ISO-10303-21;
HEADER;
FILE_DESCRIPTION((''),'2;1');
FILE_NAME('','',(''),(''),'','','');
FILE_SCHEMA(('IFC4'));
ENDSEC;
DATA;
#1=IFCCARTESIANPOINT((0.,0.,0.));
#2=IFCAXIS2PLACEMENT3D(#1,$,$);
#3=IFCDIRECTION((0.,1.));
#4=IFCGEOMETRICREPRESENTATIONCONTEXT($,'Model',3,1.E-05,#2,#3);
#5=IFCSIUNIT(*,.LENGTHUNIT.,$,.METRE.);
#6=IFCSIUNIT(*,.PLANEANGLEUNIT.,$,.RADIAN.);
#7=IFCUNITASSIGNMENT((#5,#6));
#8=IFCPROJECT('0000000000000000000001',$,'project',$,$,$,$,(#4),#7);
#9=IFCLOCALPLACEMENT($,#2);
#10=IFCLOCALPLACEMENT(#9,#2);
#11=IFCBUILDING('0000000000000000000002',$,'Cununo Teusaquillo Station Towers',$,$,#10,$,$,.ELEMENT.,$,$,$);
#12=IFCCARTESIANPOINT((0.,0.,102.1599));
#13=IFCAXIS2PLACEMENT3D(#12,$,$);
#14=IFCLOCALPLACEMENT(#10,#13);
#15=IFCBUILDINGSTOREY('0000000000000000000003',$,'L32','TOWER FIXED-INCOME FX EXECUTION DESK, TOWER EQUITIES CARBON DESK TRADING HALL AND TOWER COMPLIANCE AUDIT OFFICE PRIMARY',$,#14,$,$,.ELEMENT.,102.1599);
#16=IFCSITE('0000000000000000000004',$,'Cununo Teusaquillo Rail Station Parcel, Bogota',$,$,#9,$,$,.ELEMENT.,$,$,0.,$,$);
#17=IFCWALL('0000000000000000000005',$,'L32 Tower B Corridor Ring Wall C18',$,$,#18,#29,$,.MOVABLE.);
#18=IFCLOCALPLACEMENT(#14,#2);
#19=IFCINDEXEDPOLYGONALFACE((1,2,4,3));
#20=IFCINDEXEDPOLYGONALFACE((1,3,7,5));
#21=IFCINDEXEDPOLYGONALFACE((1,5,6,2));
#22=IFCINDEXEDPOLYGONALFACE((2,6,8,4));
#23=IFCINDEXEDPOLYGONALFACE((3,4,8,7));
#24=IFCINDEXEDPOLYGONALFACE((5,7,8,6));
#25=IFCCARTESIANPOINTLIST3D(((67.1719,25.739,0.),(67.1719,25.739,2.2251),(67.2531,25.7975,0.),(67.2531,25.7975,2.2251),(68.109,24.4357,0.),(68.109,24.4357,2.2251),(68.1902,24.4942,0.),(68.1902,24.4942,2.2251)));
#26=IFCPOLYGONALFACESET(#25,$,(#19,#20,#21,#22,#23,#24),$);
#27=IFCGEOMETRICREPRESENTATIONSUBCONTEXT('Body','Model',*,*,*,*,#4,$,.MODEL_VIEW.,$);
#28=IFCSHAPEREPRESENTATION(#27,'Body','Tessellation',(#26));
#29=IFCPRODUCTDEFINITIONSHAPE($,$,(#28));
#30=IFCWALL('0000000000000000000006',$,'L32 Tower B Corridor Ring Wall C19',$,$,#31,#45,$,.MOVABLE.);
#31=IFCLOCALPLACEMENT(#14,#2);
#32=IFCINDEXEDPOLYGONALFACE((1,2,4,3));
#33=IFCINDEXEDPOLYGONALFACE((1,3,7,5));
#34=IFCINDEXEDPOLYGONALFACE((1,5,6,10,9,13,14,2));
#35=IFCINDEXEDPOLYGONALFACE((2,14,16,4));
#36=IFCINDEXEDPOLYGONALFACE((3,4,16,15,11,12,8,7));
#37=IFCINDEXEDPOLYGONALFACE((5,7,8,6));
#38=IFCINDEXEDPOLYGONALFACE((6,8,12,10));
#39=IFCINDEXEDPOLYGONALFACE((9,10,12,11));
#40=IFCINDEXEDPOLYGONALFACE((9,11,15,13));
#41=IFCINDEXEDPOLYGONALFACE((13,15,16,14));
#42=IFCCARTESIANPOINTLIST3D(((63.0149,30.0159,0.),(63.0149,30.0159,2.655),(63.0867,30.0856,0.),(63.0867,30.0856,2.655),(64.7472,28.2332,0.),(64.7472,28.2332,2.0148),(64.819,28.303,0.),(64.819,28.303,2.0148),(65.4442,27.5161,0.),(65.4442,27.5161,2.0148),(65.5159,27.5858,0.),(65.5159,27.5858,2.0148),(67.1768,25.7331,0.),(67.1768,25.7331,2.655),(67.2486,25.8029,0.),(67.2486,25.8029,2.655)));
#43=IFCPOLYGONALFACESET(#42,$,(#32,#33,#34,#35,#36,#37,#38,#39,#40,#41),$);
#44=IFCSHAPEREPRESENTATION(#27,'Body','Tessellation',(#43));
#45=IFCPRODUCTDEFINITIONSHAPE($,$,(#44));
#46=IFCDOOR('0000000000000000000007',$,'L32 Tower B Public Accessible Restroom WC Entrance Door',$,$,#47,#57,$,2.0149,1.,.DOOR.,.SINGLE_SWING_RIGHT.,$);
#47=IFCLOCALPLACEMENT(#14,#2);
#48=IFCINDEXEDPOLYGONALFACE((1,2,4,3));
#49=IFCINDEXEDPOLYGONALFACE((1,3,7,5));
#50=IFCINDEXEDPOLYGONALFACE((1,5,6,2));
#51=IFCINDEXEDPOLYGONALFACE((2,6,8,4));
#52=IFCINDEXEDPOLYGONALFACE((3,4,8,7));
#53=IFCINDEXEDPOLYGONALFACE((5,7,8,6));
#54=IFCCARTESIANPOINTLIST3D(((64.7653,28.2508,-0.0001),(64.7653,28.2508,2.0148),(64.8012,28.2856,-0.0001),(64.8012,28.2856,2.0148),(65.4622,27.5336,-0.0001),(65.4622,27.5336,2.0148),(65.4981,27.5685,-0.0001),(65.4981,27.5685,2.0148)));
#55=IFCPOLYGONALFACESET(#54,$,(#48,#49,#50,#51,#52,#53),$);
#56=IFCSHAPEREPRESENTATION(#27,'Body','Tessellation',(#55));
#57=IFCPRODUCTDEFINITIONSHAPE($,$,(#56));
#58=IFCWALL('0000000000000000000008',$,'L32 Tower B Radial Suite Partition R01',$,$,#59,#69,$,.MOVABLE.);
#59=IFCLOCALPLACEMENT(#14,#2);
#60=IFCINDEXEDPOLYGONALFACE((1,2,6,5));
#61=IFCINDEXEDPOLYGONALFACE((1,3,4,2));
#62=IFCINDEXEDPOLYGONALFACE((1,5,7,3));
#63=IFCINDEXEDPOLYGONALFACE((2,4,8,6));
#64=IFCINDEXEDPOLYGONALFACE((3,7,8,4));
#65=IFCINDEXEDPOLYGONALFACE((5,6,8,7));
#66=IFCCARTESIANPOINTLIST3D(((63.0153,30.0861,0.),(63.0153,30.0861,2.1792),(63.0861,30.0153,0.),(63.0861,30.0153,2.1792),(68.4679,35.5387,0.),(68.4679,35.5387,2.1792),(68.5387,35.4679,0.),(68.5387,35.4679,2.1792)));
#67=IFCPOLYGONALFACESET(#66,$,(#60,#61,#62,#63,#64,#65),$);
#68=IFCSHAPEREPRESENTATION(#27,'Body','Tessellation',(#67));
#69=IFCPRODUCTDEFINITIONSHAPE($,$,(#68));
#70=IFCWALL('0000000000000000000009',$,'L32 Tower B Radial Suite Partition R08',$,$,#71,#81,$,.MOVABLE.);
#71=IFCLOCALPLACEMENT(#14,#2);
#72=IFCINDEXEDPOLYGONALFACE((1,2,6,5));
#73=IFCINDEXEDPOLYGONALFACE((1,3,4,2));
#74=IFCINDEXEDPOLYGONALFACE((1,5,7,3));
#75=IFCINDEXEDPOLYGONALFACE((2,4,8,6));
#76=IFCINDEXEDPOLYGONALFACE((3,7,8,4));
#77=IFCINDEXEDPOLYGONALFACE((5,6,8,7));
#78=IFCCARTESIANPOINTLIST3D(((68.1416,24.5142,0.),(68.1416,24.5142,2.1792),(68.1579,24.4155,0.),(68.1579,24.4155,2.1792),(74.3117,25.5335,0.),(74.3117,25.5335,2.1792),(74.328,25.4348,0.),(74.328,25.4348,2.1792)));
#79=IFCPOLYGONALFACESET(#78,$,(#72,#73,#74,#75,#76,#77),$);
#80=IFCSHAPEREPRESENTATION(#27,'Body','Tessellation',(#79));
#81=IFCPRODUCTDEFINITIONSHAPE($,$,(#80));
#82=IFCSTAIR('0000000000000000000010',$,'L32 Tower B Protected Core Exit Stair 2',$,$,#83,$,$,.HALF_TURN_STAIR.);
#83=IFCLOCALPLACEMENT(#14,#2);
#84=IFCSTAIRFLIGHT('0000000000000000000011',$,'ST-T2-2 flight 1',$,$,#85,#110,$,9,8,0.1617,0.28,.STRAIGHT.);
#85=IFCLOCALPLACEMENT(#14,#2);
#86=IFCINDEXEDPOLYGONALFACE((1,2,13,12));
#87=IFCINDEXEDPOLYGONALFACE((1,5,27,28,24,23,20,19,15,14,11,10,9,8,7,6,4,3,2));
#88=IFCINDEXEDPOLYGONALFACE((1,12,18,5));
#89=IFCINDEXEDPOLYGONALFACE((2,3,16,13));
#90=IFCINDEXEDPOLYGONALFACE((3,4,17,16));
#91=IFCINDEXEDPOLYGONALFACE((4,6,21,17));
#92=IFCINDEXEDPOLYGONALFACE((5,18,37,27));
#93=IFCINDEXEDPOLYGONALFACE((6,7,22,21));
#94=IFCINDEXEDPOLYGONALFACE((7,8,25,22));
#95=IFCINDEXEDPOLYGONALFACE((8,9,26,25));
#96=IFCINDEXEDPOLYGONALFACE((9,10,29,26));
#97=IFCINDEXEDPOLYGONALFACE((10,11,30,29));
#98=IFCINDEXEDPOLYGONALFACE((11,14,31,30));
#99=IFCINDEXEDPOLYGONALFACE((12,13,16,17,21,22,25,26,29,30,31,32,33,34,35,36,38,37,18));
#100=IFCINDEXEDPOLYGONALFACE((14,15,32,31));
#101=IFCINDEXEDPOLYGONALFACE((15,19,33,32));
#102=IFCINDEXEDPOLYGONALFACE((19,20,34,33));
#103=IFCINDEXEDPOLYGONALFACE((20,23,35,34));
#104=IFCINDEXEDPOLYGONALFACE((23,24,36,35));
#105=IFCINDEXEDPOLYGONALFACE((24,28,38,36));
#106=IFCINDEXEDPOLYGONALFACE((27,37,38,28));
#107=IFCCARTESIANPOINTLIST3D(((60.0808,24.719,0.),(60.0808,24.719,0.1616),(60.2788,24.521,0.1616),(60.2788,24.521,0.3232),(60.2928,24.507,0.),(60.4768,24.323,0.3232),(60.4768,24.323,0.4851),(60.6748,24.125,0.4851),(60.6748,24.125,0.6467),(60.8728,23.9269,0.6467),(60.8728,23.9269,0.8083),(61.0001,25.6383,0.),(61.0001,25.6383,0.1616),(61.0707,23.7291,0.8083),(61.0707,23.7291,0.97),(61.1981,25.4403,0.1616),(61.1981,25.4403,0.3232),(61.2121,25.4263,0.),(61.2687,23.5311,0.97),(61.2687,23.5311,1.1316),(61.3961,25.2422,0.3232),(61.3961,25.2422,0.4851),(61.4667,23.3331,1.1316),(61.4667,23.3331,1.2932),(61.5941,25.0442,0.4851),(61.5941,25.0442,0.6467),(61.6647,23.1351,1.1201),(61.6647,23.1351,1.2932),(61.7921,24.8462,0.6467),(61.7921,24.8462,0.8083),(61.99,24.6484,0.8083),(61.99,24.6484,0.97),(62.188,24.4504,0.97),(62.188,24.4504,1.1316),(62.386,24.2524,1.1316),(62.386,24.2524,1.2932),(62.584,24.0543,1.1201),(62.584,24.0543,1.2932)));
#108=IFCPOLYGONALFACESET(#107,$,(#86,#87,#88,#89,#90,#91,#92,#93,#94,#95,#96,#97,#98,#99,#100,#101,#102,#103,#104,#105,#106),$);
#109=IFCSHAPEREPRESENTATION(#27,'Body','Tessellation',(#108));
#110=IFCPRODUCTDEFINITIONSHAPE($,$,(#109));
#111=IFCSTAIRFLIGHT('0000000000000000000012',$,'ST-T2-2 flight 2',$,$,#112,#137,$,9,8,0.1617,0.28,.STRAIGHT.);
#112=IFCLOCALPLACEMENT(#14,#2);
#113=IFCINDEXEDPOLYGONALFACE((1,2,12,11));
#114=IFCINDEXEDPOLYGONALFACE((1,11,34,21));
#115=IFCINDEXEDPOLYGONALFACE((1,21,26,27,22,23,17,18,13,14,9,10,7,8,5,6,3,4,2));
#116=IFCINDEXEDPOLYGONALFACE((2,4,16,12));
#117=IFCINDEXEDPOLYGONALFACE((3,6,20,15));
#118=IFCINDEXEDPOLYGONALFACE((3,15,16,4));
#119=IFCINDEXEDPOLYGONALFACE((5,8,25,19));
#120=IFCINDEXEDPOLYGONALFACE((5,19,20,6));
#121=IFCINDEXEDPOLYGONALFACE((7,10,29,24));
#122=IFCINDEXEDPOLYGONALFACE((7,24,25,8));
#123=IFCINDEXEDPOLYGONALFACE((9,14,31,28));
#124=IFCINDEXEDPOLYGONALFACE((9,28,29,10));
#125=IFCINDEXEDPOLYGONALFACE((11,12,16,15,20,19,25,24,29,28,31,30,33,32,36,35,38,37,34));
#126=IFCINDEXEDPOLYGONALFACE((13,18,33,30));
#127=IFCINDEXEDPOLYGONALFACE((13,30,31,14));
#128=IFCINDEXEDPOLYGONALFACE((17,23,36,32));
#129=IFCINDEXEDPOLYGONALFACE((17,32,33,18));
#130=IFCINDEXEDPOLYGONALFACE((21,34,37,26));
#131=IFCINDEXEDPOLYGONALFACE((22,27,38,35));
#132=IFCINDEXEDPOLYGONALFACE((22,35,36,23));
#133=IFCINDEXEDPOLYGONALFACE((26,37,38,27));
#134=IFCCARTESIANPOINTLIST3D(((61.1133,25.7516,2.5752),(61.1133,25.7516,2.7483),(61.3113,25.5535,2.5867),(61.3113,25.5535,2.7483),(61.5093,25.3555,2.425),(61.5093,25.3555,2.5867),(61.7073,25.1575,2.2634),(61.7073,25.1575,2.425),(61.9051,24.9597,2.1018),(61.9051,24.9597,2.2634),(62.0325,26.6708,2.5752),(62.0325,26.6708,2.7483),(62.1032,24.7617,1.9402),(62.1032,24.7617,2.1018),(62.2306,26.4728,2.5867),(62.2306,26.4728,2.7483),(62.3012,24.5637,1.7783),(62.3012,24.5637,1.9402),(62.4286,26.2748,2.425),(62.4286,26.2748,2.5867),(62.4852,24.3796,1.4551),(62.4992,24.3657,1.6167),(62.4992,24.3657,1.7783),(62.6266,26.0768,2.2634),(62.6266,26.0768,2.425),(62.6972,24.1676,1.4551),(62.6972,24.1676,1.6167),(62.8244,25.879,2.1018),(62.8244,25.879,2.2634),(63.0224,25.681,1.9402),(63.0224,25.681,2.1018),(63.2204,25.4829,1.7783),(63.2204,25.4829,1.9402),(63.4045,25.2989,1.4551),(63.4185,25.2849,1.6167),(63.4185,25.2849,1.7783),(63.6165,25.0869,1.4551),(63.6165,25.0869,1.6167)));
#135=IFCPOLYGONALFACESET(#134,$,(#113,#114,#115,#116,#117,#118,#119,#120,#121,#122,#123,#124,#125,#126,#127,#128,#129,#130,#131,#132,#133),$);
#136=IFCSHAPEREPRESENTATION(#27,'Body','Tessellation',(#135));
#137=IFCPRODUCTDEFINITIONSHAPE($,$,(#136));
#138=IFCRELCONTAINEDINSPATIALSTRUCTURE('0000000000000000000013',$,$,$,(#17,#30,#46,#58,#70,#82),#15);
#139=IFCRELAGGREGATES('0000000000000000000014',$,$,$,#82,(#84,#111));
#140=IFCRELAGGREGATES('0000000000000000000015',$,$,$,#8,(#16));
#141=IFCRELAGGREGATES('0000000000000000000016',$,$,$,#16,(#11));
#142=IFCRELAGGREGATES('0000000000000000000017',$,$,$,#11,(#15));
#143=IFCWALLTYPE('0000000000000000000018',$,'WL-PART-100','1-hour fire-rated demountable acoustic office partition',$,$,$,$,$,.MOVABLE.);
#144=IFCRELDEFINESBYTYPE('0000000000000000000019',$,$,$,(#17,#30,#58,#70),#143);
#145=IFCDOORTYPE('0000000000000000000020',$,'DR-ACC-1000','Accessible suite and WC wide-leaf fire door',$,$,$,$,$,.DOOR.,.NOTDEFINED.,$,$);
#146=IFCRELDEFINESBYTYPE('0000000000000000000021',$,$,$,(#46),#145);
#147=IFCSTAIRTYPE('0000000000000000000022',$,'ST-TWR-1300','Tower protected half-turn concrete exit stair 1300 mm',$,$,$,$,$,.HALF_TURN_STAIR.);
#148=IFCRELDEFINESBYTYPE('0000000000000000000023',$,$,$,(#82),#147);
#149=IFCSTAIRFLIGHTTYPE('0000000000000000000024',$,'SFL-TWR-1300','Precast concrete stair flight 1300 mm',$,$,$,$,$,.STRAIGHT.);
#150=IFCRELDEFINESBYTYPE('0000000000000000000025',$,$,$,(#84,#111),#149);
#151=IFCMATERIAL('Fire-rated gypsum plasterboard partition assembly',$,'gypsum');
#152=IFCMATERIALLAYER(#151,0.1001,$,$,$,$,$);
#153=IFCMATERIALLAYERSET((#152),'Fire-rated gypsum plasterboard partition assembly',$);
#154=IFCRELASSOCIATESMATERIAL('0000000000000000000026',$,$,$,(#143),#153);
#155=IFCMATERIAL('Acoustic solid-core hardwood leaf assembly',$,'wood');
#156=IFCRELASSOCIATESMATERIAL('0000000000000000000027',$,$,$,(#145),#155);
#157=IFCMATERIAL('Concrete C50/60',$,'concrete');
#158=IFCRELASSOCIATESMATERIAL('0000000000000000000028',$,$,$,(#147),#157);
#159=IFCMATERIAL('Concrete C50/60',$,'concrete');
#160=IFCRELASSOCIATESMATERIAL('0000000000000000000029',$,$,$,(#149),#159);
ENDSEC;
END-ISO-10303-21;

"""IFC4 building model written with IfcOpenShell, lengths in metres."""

from ifc_helpers import new_model, si_unit, direction, frame, frame_2d, origin, place, context, subcontext, project, spatial, polyline, rectangle, outline, extrude, source, transform, mapped, material, layer, layer_set, type_object, element, fill, aggregate, save


model = new_model("IFC4")

# Units and contexts
model_context = context("Model", 3, precision=1e-05, world=origin(), true_north=direction((0.0, 1.0)))
body_context = subcontext(model_context, "Body", "Model", "MODEL_VIEW")
ifc_project = project(units=[si_unit("LENGTHUNIT", "METRE"), si_unit("PLANEANGLEUNIT", "RADIAN")], contexts=[model_context])

# Site, building, storey
site_placement = place(None, origin())
site = spatial("IfcSite", under=ifc_project, at=site_placement, Name="Cununo Teusaquillo Rail Station Parcel, Bogota", CompositionType="ELEMENT", RefElevation=0.0)
building_placement = place(site_placement, origin())
building = spatial("IfcBuilding", under=site, at=building_placement, Name="Cununo Teusaquillo Station Towers", CompositionType="ELEMENT")
storey_placement = place(building_placement, frame((0.0, 0.0, 102.1599)))
storey = spatial("IfcBuildingStorey", under=building, at=storey_placement, Name="L32", Description="TOWER FIXED-INCOME FX EXECUTION DESK, TOWER EQUITIES CARBON DESK TRADING HALL AND TOWER COMPLIANCE AUDIT OFFICE PRIMARY", CompositionType="ELEMENT", Elevation=102.1599)

# Wall
ifc_material_1 = material(Name="Fire-rated gypsum plasterboard partition assembly", Category="gypsum")
ifc_layer_1 = layer(ifc_material_1, 0.1001)
ifc_layer_set_1 = layer_set([ifc_layer_1], Name="Fire-rated gypsum plasterboard partition assembly")
wall_type_1 = type_object("IfcWallType", Name="WL-PART-100", Description="1-hour fire-rated demountable acoustic office partition", PredefinedType="MOVABLE", material=ifc_layer_set_1)
wall_1_placement = place(storey_placement, frame((68.1497, 24.4648, 0.0), z_axis=(0.0, 0.0, 1.0), x_axis=(-0.583768, 0.811921, 0.0)))
element("IfcWall", 1, at=wall_1_placement, inside=storey, type_object=wall_type_1, Name="L32 Tower B Corridor Ring Wall C18", PredefinedType="MOVABLE", context=body_context, shape_type="SweptSolid", body=[
    extrude(rectangle(XDim=1.6052, YDim=0.1001, at=frame_2d((0.8027, 0.0))), origin(), (0.0, 0.0, 1.0), 2.2251),
])

# Wall, opening, door
wall_2_placement = place(storey_placement, frame((67.2126, 25.7681, 0.0), z_axis=(0.0, 0.0, 1.0), x_axis=(-0.696916, 0.717153, 0.0)))
wall_2 = element("IfcWall", 2, at=wall_2_placement, inside=storey, type_object=wall_type_1, Name="L32 Tower B Corridor Ring Wall C19", PredefinedType="MOVABLE", context=body_context, shape_type="SweptSolid", body=[
    extrude(rectangle(XDim=5.9719, YDim=0.1001, at=frame_2d((2.9858, 0.0))), origin(), (0.0, 0.0, 1.0), 2.655),
])
shared_shape_1 = source(origin(), body_context, "Body", "SweptSolid", [
    extrude(rectangle(XDim=1.0, YDim=2.0149, at=frame_2d((0.5, 1.0073))), frame((0.0, 0.0601, 0.0), z_axis=(0.0, -1.0, 0.0), x_axis=(1.0, 0.0, 0.0)), (0.0, 0.0, 1.0), 0.1201),
])
opening_1_placement = place(wall_2_placement, frame((2.4861, 0.0, 0.0)))
opening_1 = element("IfcOpeningElement", 3, at=opening_1_placement, cuts=wall_2, PredefinedType="OPENING", context=body_context, shape_type="MappedRepresentation", body=[
    mapped(shared_shape_1, transform((0.0, 0.0, 0.0), x_axis=(1.0, 0.0, 0.0), y_axis=(0.0, 1.0, 0.0), z_axis=(0.0, 0.0, 1.0), scale=1.0)),
])
ifc_material_2 = material(Name="Acoustic solid-core hardwood leaf assembly", Category="wood")
door_type_1 = type_object("IfcDoorType", Name="DR-ACC-1000", Description="Accessible suite and WC wide-leaf fire door", OperationType="NOTDEFINED", PredefinedType="DOOR", material=ifc_material_2)
shared_shape_2 = source(origin(), body_context, "Body", "SweptSolid", [
    extrude(rectangle(XDim=1.0, YDim=2.0149, at=frame_2d((0.5, 1.0073))), frame((0.0, 0.0249, 0.0), z_axis=(0.0, -1.0, 0.0), x_axis=(1.0, 0.0, 0.0)), (0.0, 0.0, 1.0), 0.05),
])
door_1_placement = place(opening_1_placement, origin())
door_1 = element("IfcDoor", 4, at=door_1_placement, inside=storey, type_object=door_type_1, Name="L32 Tower B Public Accessible Restroom WC Entrance Door", OperationType="SINGLE_SWING_RIGHT", OverallHeight=2.0149, OverallWidth=1.0, PredefinedType="DOOR", context=body_context, shape_type="MappedRepresentation", body=[
    mapped(shared_shape_2, transform((0.0, 0.0, 0.0), x_axis=(1.0, 0.0, 0.0), y_axis=(0.0, 1.0, 0.0), z_axis=(0.0, 0.0, 1.0), scale=1.0)),
])
fill(opening_1, door_1)

# Walls
wall_3_placement = place(storey_placement, frame((63.0508, 30.0508, 0.0), z_axis=(0.0, 0.0, 1.0), x_axis=(0.707107, 0.707107, 0.0)))
element("IfcWall", 5, at=wall_3_placement, inside=storey, type_object=wall_type_1, Name="L32 Tower B Radial Suite Partition R01", PredefinedType="MOVABLE", context=body_context, shape_type="SweptSolid", body=[
    extrude(rectangle(XDim=7.7112, YDim=0.1001, at=frame_2d((3.8555, 0.0))), origin(), (0.0, 0.0, 1.0), 2.1792),
])
wall_4_placement = place(storey_placement, frame((68.1497, 24.4648, 0.0), z_axis=(0.0, 0.0, 1.0), x_axis=(0.986627, 0.162993, 0.0)))
element("IfcWall", 6, at=wall_4_placement, inside=storey, type_object=wall_type_1, Name="L32 Tower B Radial Suite Partition R08", PredefinedType="MOVABLE", context=body_context, shape_type="SweptSolid", body=[
    extrude(rectangle(XDim=6.2537, YDim=0.1001, at=frame_2d((3.127, 0.0))), origin(), (0.0, 0.0, 1.0), 2.1792),
])

# Stair, stair flights
ifc_material_3 = material(Name="Concrete C50/60", Category="concrete")
stair_type = type_object("IfcStairType", Name="ST-TWR-1300", Description="Tower protected half-turn concrete exit stair 1300 mm", PredefinedType="HALF_TURN_STAIR", material=ifc_material_3)
stair_placement = place(storey_placement, origin())
stair = element("IfcStair", 7, at=stair_placement, inside=storey, type_object=stair_type, Name="L32 Tower B Protected Core Exit Stair 2", PredefinedType="HALF_TURN_STAIR")
ifc_material_4 = material(Name="Concrete C50/60", Category="concrete")
stair_flight_type = type_object("IfcStairFlightType", Name="SFL-TWR-1300", Description="Precast concrete stair flight 1300 mm", PredefinedType="STRAIGHT", material=ifc_material_4)
stair_flight_1_placement = place(storey_placement, frame((60.5405, 25.1787, 0.0), z_axis=(0.0, 0.0, 1.0), x_axis=(0.707107, -0.707107, 0.0)))
stair_flight_1 = element("IfcStairFlight", 8, at=stair_flight_1_placement, type_object=stair_flight_type, Name="ST-T2-2 flight 1", NumberOfRisers=9, NumberOfTreads=8, PredefinedType="STRAIGHT", RiserHeight=0.1617, TreadLength=0.28, context=body_context, shape_type="SweptSolid", body=[
    extrude(outline(polyline([(0.0, 0.0), (0.0, 0.1616), (0.28, 0.1616), (0.28, 0.3232), (0.5601, 0.3232), (0.5601, 0.4851), (0.8401, 0.4851), (0.8401, 0.6467), (1.1201, 0.6467), (1.1201, 0.8083), (1.3999, 0.8083), (1.3999, 0.97), (1.6799, 0.97), (1.6799, 1.1316), (1.96, 1.1316), (1.96, 1.2932), (2.24, 1.2932), (2.24, 1.4551), (2.24, 1.1201), (0.2998, 0.0), (0.0, 0.0)])), frame((0.0, 0.6499, 0.0), z_axis=(0.0, -1.0, 0.0), x_axis=(1.0, 0.0, 0.0)), (0.0, 0.0, 1.0), 1.3),
])
stair_flight_2_placement = place(storey_placement, frame((63.1567, 24.6272, 1.4551), z_axis=(0.0, 0.0, 1.0), x_axis=(-0.707107, 0.707107, 0.0)))
stair_flight_2 = element("IfcStairFlight", 9, at=stair_flight_2_placement, type_object=stair_flight_type, Name="ST-T2-2 flight 2", NumberOfRisers=9, NumberOfTreads=8, PredefinedType="STRAIGHT", RiserHeight=0.1617, TreadLength=0.28, context=body_context, shape_type="SweptSolid", body=[
    extrude(outline(polyline([(0.0, 0.0), (0.0, 0.1616), (0.28, 0.1616), (0.28, 0.3232), (0.5601, 0.3232), (0.5601, 0.4851), (0.8401, 0.4851), (0.8401, 0.6467), (1.1201, 0.6467), (1.1201, 0.8083), (1.3999, 0.8083), (1.3999, 0.97), (1.6799, 0.97), (1.6799, 1.1316), (1.96, 1.1316), (1.96, 1.2932), (2.24, 1.2932), (2.24, 1.4551), (2.24, 1.1201), (0.2998, 0.0), (0.0, 0.0)])), frame((0.0, 0.6499, 0.0), z_axis=(0.0, -1.0, 0.0), x_axis=(1.0, 0.0, 0.0)), (0.0, 0.0, 1.0), 1.3),
])
aggregate(stair, [stair_flight_1, stair_flight_2])

save(model, "model.ifc")
